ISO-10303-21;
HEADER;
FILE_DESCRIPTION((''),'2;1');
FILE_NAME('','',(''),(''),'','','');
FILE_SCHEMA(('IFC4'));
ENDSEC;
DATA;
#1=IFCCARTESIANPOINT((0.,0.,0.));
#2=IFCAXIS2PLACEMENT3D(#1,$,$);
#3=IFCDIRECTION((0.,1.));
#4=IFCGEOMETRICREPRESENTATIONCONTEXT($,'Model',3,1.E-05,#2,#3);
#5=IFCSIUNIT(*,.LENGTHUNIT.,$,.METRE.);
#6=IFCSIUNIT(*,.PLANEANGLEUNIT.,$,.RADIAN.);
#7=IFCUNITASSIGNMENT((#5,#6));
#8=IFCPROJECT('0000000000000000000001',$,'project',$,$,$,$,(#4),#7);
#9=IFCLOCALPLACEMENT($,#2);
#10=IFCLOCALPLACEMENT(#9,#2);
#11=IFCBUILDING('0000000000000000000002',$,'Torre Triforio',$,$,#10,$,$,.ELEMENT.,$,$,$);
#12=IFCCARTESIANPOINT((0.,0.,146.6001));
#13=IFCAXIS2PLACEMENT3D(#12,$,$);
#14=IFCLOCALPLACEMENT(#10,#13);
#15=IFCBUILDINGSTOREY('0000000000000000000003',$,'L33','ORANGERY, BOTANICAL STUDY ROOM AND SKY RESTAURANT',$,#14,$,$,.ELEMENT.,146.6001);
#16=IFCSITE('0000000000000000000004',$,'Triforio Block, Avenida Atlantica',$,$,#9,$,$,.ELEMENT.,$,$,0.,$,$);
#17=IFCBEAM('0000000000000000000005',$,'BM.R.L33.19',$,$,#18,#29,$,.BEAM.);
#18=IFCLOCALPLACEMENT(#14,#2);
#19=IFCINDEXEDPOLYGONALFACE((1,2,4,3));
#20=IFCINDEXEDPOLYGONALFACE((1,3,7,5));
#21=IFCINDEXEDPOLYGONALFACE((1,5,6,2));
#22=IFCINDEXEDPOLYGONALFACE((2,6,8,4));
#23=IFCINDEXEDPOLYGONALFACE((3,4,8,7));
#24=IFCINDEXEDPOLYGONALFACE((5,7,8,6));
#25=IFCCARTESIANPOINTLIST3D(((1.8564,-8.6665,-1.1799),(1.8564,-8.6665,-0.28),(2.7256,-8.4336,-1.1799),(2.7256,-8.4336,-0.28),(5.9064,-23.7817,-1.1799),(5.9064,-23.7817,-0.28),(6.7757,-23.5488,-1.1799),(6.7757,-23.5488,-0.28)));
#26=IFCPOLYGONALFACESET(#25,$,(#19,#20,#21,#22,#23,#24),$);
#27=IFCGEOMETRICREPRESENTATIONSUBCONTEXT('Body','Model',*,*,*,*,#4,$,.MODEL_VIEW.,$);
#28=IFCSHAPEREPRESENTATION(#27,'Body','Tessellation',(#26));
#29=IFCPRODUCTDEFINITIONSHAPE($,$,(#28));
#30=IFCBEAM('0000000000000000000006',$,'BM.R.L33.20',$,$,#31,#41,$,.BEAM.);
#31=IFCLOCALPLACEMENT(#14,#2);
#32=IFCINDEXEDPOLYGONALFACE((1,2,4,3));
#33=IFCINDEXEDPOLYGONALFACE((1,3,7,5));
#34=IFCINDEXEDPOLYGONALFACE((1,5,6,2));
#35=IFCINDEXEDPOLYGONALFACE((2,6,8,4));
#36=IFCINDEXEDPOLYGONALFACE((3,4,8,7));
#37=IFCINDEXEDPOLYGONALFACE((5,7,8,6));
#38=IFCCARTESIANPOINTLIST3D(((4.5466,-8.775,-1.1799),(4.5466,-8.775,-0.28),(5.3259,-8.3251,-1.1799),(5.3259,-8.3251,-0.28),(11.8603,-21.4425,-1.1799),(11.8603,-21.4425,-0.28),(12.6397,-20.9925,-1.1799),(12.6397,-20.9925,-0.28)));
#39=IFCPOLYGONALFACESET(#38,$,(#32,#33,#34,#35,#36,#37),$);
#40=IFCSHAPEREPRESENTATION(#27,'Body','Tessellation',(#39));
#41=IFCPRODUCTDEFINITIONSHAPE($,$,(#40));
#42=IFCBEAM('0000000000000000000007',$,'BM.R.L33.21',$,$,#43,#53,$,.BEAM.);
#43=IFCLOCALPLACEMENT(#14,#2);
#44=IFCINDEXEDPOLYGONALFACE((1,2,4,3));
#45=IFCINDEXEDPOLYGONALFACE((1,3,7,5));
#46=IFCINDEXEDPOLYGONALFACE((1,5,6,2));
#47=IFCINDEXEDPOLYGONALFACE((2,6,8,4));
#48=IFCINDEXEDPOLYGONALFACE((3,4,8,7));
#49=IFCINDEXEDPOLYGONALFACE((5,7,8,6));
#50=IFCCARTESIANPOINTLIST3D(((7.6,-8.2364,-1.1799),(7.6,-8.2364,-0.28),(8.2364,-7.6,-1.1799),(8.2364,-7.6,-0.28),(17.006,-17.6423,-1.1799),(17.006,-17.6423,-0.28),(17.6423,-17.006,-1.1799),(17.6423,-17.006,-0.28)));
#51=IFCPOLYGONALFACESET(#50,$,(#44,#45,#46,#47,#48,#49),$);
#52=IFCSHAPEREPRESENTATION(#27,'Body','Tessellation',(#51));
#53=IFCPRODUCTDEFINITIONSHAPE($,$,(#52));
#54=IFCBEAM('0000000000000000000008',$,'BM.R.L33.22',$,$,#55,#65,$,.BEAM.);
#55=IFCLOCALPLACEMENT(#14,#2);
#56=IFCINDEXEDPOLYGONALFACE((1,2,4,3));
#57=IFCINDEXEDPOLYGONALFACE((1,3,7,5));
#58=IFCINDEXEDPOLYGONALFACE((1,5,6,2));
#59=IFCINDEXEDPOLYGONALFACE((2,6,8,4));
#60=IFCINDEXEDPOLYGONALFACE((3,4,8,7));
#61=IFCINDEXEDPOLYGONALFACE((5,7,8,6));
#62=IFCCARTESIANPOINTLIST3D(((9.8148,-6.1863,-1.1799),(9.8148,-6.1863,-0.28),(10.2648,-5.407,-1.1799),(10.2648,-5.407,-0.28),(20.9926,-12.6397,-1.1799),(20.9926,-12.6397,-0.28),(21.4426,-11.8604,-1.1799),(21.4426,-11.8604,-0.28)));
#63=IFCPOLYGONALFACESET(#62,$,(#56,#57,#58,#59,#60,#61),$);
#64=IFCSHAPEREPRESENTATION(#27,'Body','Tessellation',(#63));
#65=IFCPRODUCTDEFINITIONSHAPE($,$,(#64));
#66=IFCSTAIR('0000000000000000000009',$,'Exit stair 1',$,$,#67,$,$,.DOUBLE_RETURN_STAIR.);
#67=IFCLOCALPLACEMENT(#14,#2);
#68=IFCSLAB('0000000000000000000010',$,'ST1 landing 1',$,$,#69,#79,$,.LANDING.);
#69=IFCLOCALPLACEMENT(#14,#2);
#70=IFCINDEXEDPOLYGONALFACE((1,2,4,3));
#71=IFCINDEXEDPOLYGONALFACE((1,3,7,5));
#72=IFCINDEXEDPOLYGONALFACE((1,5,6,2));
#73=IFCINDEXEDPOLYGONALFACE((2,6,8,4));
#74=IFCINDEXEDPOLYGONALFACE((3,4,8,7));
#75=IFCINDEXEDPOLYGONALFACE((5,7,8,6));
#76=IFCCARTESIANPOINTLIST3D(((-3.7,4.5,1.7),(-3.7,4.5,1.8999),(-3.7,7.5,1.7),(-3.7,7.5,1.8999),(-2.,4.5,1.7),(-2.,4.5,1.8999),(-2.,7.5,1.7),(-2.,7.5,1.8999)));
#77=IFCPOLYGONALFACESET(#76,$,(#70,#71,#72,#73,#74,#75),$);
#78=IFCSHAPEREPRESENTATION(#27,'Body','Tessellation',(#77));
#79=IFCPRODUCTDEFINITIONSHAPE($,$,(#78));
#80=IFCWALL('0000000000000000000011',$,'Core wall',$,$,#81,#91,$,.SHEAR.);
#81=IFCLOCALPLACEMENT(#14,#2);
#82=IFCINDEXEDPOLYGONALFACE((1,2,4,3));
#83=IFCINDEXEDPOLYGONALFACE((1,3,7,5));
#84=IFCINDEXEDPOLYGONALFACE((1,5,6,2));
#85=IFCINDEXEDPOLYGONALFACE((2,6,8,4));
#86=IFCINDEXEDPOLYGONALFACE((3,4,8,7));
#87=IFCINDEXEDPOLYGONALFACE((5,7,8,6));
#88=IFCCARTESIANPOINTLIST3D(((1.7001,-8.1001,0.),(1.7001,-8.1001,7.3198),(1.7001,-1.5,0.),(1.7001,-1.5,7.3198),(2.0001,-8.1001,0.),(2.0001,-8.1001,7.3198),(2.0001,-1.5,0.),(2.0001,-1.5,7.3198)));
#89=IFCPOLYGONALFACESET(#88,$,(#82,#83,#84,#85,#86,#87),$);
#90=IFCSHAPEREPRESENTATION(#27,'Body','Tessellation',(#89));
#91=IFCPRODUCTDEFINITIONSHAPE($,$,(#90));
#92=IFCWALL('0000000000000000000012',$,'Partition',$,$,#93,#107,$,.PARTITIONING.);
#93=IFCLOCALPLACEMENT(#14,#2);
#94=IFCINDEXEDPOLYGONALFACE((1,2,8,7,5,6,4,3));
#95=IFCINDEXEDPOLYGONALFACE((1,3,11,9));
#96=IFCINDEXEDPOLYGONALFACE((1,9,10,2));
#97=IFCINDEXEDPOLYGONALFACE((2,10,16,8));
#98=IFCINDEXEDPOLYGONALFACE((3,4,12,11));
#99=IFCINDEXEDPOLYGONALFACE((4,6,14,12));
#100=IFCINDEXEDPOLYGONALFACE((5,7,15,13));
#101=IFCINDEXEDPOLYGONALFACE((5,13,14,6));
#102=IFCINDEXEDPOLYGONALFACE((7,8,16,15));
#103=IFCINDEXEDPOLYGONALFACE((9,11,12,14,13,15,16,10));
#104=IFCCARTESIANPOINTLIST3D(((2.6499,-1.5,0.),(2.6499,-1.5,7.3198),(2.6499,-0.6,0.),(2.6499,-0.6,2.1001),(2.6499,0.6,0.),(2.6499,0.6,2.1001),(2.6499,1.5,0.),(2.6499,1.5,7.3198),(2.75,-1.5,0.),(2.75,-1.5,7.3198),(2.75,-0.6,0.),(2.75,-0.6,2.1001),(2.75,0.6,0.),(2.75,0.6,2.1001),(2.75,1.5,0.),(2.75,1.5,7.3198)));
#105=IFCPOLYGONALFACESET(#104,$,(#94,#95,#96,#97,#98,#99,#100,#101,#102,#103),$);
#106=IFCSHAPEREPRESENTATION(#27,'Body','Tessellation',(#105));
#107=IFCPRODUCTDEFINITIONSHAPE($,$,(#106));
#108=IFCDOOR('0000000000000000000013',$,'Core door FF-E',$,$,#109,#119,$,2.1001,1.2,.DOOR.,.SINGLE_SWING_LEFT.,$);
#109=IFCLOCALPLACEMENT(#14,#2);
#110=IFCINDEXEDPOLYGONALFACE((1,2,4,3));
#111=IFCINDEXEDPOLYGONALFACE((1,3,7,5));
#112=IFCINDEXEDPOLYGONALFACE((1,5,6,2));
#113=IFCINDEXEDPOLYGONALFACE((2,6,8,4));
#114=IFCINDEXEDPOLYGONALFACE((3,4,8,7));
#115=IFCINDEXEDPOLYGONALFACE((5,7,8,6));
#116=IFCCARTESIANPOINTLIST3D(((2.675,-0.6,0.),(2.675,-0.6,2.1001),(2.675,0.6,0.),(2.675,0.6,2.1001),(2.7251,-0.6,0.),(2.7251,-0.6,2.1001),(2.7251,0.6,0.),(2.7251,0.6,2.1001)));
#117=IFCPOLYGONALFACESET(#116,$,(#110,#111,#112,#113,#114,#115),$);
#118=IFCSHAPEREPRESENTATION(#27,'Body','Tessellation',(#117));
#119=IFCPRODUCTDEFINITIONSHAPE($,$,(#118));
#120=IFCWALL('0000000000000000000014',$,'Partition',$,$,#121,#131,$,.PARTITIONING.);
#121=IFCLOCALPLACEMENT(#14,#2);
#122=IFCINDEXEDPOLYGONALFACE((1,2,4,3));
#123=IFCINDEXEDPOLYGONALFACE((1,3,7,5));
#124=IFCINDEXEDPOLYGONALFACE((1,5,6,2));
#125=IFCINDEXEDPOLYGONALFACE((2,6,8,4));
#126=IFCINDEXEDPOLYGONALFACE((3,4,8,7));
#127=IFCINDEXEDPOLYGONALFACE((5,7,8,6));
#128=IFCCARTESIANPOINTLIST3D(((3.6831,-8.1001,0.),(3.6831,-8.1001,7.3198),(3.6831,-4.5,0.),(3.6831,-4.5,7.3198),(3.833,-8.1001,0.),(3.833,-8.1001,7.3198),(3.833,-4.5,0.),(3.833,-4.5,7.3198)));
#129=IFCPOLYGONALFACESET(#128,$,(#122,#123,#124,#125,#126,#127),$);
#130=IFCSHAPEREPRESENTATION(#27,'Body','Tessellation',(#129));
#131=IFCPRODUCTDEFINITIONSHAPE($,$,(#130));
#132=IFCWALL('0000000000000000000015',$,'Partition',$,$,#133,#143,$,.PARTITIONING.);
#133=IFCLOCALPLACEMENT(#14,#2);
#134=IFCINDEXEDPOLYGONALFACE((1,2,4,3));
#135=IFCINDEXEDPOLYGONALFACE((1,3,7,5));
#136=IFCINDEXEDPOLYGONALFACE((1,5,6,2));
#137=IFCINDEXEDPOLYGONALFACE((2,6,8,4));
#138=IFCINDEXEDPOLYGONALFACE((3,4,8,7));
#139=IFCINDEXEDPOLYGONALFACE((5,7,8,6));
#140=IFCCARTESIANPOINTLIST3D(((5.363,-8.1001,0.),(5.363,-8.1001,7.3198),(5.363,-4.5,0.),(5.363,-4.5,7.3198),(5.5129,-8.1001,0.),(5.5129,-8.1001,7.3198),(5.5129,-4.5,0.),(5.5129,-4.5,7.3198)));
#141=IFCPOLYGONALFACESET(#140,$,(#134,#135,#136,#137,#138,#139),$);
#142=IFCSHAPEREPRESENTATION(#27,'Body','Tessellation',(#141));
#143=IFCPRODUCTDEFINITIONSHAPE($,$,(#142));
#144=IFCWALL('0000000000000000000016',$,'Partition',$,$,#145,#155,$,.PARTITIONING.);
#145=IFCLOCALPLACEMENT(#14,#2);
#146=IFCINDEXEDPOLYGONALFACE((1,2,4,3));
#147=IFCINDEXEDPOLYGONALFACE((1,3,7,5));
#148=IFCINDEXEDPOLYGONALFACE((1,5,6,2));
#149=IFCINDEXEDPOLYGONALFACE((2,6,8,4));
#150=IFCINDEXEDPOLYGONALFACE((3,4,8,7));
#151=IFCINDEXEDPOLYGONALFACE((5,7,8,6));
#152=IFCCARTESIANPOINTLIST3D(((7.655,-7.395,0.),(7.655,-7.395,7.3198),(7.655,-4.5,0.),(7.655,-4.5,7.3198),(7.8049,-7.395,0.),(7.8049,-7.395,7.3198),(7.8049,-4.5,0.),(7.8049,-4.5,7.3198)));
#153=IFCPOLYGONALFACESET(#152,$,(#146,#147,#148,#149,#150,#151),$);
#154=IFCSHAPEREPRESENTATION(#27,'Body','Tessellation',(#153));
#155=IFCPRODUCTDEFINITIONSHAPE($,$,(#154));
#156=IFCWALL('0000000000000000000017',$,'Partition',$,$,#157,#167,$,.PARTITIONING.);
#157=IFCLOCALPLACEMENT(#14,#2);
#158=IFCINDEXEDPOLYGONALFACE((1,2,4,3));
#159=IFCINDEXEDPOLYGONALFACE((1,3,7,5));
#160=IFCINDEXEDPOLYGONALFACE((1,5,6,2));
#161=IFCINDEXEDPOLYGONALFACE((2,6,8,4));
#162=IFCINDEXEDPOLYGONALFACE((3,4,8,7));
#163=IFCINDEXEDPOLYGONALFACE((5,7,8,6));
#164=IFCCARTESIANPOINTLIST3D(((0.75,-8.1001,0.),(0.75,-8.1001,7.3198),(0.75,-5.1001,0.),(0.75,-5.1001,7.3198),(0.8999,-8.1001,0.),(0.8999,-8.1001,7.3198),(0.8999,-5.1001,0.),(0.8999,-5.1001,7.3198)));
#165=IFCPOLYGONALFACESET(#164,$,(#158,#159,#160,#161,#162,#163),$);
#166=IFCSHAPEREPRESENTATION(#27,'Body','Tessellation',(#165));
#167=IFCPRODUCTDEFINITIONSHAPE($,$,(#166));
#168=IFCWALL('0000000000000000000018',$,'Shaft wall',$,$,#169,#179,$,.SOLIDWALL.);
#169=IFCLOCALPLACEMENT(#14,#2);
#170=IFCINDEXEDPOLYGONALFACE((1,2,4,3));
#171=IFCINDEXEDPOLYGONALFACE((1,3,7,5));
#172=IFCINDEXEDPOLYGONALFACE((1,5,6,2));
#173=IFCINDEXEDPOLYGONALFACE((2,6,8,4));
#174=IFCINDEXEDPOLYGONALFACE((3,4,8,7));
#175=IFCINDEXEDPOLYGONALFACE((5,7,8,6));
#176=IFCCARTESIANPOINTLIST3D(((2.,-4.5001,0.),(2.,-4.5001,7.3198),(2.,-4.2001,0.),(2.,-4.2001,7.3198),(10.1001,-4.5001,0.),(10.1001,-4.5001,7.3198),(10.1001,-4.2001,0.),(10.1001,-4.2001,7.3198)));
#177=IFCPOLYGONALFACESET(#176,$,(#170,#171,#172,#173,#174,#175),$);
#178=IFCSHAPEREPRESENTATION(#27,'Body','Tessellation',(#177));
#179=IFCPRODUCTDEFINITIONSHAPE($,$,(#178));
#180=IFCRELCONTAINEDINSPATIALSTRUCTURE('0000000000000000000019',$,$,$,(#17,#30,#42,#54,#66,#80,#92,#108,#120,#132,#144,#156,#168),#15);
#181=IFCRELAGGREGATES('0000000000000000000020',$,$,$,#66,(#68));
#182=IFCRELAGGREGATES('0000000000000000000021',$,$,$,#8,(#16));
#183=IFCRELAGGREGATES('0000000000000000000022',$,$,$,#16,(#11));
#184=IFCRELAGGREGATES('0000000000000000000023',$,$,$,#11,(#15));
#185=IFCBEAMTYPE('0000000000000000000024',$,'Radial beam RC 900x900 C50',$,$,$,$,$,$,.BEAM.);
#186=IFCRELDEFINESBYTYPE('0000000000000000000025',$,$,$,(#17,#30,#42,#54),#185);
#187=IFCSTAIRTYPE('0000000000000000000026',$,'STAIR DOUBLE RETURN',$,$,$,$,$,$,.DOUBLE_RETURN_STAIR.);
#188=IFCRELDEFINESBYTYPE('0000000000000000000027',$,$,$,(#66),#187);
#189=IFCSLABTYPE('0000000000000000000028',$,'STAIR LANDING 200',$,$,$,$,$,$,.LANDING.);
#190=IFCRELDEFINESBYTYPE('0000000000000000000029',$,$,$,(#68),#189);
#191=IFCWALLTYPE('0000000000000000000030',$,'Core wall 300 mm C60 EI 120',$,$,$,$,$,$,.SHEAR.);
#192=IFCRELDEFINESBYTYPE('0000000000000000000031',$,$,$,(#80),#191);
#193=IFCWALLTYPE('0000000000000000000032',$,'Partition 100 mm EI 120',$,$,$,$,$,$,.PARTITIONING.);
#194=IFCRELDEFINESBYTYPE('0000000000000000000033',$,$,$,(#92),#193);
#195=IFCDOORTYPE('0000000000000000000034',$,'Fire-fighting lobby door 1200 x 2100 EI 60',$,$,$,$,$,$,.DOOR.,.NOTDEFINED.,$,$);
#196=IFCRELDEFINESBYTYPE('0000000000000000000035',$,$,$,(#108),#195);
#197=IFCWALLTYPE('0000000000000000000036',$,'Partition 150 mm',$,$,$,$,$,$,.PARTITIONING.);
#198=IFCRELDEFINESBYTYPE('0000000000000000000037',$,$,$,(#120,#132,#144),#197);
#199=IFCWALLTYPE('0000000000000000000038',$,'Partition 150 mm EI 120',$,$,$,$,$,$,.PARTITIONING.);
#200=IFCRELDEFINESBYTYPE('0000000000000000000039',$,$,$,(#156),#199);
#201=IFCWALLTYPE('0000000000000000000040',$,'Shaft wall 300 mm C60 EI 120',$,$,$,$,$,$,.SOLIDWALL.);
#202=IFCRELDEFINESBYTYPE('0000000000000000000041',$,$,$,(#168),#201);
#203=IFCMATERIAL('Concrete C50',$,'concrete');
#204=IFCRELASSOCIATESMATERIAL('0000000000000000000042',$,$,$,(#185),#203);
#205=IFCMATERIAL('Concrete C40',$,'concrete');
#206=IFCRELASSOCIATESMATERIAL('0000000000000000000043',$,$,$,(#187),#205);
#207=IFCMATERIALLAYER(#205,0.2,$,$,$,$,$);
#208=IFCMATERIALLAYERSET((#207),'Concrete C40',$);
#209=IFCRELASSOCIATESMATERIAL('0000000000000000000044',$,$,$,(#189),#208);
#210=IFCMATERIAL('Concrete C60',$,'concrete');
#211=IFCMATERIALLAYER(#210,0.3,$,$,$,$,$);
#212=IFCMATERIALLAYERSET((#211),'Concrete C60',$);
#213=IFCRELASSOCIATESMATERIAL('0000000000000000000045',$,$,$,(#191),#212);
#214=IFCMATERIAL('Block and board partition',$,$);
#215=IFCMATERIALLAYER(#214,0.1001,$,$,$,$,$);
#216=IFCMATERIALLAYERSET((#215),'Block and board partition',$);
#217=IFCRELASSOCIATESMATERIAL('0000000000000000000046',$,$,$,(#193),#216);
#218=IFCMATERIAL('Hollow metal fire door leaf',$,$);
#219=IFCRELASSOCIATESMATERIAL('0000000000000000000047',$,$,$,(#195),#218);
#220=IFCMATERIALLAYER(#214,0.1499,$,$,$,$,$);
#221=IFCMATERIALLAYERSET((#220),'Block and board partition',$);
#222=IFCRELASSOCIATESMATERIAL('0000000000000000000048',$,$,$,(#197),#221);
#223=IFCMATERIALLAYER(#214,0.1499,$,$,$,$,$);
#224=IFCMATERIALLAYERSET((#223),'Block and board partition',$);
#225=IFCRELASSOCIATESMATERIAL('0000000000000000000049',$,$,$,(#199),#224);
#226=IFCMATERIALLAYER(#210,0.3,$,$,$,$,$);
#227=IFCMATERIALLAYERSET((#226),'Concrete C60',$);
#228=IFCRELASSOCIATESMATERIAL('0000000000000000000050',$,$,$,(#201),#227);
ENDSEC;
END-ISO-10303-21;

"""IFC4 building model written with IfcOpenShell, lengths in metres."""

from ifc_helpers import new_model, si_unit, direction, frame, frame_2d, origin, origin_2d, place, context, subcontext, project, spatial, polyline, rectangle, outline, extrude, material, layer, layer_set, material_profile, profile_set, type_object, element, fill, aggregate, save


model = new_model("IFC4")

# Units and contexts
model_context = context("Model", 3, precision=1e-05, world=origin(), true_north=direction((0.0, 1.0)))
body_context = subcontext(model_context, "Body", "Model", "MODEL_VIEW")
ifc_project = project(units=[si_unit("LENGTHUNIT", "METRE"), si_unit("PLANEANGLEUNIT", "RADIAN")], contexts=[model_context])

# Site, building, storey
site_placement = place(None, origin())
site = spatial("IfcSite", under=ifc_project, at=site_placement, Name="Triforio Block, Avenida Atlantica", CompositionType="ELEMENT", RefElevation=0.0)
building_placement = place(site_placement, origin())
building = spatial("IfcBuilding", under=site, at=building_placement, Name="Torre Triforio", CompositionType="ELEMENT")
storey_placement = place(building_placement, frame((0.0, 0.0, 146.6001)))
storey = spatial("IfcBuildingStorey", under=building, at=storey_placement, Name="L33", Description="ORANGERY, BOTANICAL STUDY ROOM AND SKY RESTAURANT", CompositionType="ELEMENT", Elevation=146.6001)

# Beams
ifc_material_1 = material(Name="Concrete C50", Category="concrete")
ifc_material_profile = material_profile(ifc_material_1, rectangle(XDim=0.8999, YDim=0.8999, at=origin_2d()), Name="RC 900x900")
ifc_profile_set = profile_set([ifc_material_profile], Name="Concrete C50")
beam_type = type_object("IfcBeamType", Name="Radial beam RC 900x900 C50", PredefinedType="BEAM", material=ifc_profile_set)
beam_1_placement = place(storey_placement, frame((2.291, -8.55, -0.73), z_axis=(0.258815, -0.965927, 0.0), x_axis=(0.965927, 0.258815, 0.0)))
element("IfcBeam", 1, at=beam_1_placement, inside=storey, type_object=beam_type, Name="BM.R.L33.19", PredefinedType="BEAM", context=body_context, shape_type="SweptSolid", body=[
    extrude(rectangle(XDim=0.8999, YDim=0.8999, at=origin_2d()), origin(), (0.0, 0.0, 1.0), 15.6484),
])
beam_2_placement = place(storey_placement, frame((4.9363, -8.55, -0.73), z_axis=(0.500008, -0.866021, 0.0), x_axis=(0.866021, 0.500008, 0.0)))
element("IfcBeam", 2, at=beam_2_placement, inside=storey, type_object=beam_type, Name="BM.R.L33.20", PredefinedType="BEAM", context=body_context, shape_type="SweptSolid", body=[
    extrude(rectangle(XDim=0.8999, YDim=0.8999, at=origin_2d()), origin(), (0.0, 0.0, 1.0), 14.6272),
])
beam_3_placement = place(storey_placement, frame((7.9182, -7.9182, -0.73), z_axis=(0.707107, -0.707107, 0.0), x_axis=(0.707107, 0.707107, 0.0)))
element("IfcBeam", 3, at=beam_3_placement, inside=storey, type_object=beam_type, Name="BM.R.L33.21", PredefinedType="BEAM", context=body_context, shape_type="SweptSolid", body=[
    extrude(rectangle(XDim=0.8999, YDim=0.8999, at=origin_2d()), origin(), (0.0, 0.0, 1.0), 13.302),
])
beam_4_placement = place(storey_placement, frame((10.0398, -5.7966, -0.73), z_axis=(0.866029, -0.499994, 0.0), x_axis=(0.499994, 0.866029, 0.0)))
element("IfcBeam", 4, at=beam_4_placement, inside=storey, type_object=beam_type, Name="BM.R.L33.22", PredefinedType="BEAM", context=body_context, shape_type="SweptSolid", body=[
    extrude(rectangle(XDim=0.8999, YDim=0.8999, at=origin_2d()), origin(), (0.0, 0.0, 1.0), 12.907),
])

# Stair, slab
ifc_material_2 = material(Name="Concrete C40", Category="concrete")
stair_type = type_object("IfcStairType", Name="STAIR DOUBLE RETURN", PredefinedType="DOUBLE_RETURN_STAIR", material=ifc_material_2)
stair_placement = place(storey_placement, origin())
stair = element("IfcStair", 5, at=stair_placement, inside=storey, type_object=stair_type, Name="Exit stair 1", PredefinedType="DOUBLE_RETURN_STAIR")
ifc_layer_1 = layer(ifc_material_2, 0.2)
ifc_layer_set_1 = layer_set([ifc_layer_1], Name="Concrete C40")
slab_type = type_object("IfcSlabType", Name="STAIR LANDING 200", PredefinedType="LANDING", material=ifc_layer_set_1)
slab_placement = place(storey_placement, frame((0.0, 0.0, 1.7)))
slab = element("IfcSlab", 6, at=slab_placement, type_object=slab_type, Name="ST1 landing 1", PredefinedType="LANDING", context=body_context, shape_type="SweptSolid", body=[
    extrude(outline(polyline([(-2.0, 4.5), (-2.0, 7.5), (-3.7, 7.5), (-3.7, 4.5), (-2.0, 4.5)])), origin(), (0.0, 0.0, 1.0), 0.2),
])
aggregate(stair, [slab])

# Wall
ifc_material_3 = material(Name="Concrete C60", Category="concrete")
ifc_layer_2 = layer(ifc_material_3, 0.3)
ifc_layer_set_2 = layer_set([ifc_layer_2], Name="Concrete C60")
wall_type_1 = type_object("IfcWallType", Name="Core wall 300 mm C60 EI 120", PredefinedType="SHEAR", material=ifc_layer_set_2)
wall_1_placement = place(storey_placement, frame((1.8501, -8.1001, 0.0), z_axis=(0.0, 0.0, 1.0), x_axis=(0.0, 1.0, 0.0)))
element("IfcWall", 7, at=wall_1_placement, inside=storey, type_object=wall_type_1, Name="Core wall", PredefinedType="SHEAR", context=body_context, shape_type="SweptSolid", body=[
    extrude(rectangle(XDim=6.6001, YDim=0.3, at=frame_2d((3.3, 0.0))), origin(), (0.0, 0.0, 1.0), 7.3198),
])

# Wall, opening, door
ifc_material_4 = material(Name="Block and board partition")
ifc_layer_3 = layer(ifc_material_4, 0.1001)
ifc_layer_set_3 = layer_set([ifc_layer_3], Name="Block and board partition")
wall_type_2 = type_object("IfcWallType", Name="Partition 100 mm EI 120", PredefinedType="PARTITIONING", material=ifc_layer_set_3)
wall_2_placement = place(storey_placement, frame((2.7, -1.5, 0.0), z_axis=(0.0, 0.0, 1.0), x_axis=(0.0, 1.0, 0.0)))
wall_2 = element("IfcWall", 8, at=wall_2_placement, inside=storey, type_object=wall_type_2, Name="Partition", PredefinedType="PARTITIONING", context=body_context, shape_type="SweptSolid", body=[
    extrude(rectangle(XDim=3.0, YDim=0.1001, at=frame_2d((1.5, 0.0))), origin(), (0.0, 0.0, 1.0), 7.3198),
])
opening_1_placement = place(wall_2_placement, frame((0.8999, 0.0, 0.0)))
opening_1 = element("IfcOpeningElement", 9, at=opening_1_placement, cuts=wall_2, PredefinedType="OPENING", context=body_context, shape_type="SweptSolid", body=[
    extrude(rectangle(XDim=1.2, YDim=2.1001, at=frame_2d((0.6001, 1.05))), frame((0.0, 0.0601, 0.0), z_axis=(0.0, -1.0, 0.0), x_axis=(1.0, 0.0, 0.0)), (0.0, 0.0, 1.0), 0.1201),
])
ifc_material_5 = material(Name="Hollow metal fire door leaf")
door_type_1 = type_object("IfcDoorType", Name="Fire-fighting lobby door 1200 x 2100 EI 60", OperationType="NOTDEFINED", PredefinedType="DOOR", material=ifc_material_5)
door_1_placement = place(opening_1_placement, origin())
door_1 = element("IfcDoor", 10, at=door_1_placement, inside=storey, type_object=door_type_1, Name="Core door FF-E", OperationType="SINGLE_SWING_LEFT", OverallHeight=2.1001, OverallWidth=1.2, PredefinedType="DOOR", context=body_context, shape_type="SweptSolid", body=[
    extrude(rectangle(XDim=1.2, YDim=2.1001, at=frame_2d((0.6001, 1.05))), frame((0.0, 0.0249, 0.0), z_axis=(0.0, -1.0, 0.0), x_axis=(1.0, 0.0, 0.0)), (0.0, 0.0, 1.0), 0.05),
])
fill(opening_1, door_1)

# Walls
ifc_layer_4 = layer(ifc_material_4, 0.1499)
ifc_layer_set_4 = layer_set([ifc_layer_4], Name="Block and board partition")
wall_type_3 = type_object("IfcWallType", Name="Partition 150 mm", PredefinedType="PARTITIONING", material=ifc_layer_set_4)
for number, where, z_axis, x_axis, name in (
    (11, (3.7581, -8.1001, 0.0), (0.0, 0.0, 1.0), (0.0, 1.0, 0.0), "Partition"),
    (12, (5.438, -8.1001, 0.0), (0.0, 0.0, 1.0), (0.0, 1.0, 0.0), "Partition"),
):
    element("IfcWall", number, at=place(storey_placement, frame(where, z_axis=z_axis, x_axis=x_axis)), inside=storey, type_object=wall_type_3, Name=name, PredefinedType="PARTITIONING", context=body_context, shape_type="SweptSolid", body=[
        extrude(rectangle(XDim=3.6001, YDim=0.1499, at=frame_2d((1.8, 0.0))), origin(), (0.0, 0.0, 1.0), 7.3198),
    ])
wall_3_placement = place(storey_placement, frame((7.73, -7.395, 0.0), z_axis=(0.0, 0.0, 1.0), x_axis=(0.0, 1.0, 0.0)))
element("IfcWall", 13, at=wall_3_placement, inside=storey, type_object=wall_type_3, Name="Partition", PredefinedType="PARTITIONING", context=body_context, shape_type="SweptSolid", body=[
    extrude(rectangle(XDim=2.895, YDim=0.1499, at=frame_2d((1.4475, 0.0))), origin(), (0.0, 0.0, 1.0), 7.3198),
])
ifc_layer_5 = layer(ifc_material_4, 0.1499)
ifc_layer_set_5 = layer_set([ifc_layer_5], Name="Block and board partition")
wall_type_4 = type_object("IfcWallType", Name="Partition 150 mm EI 120", PredefinedType="PARTITIONING", material=ifc_layer_set_5)
wall_4_placement = place(storey_placement, frame((0.825, -8.1001, 0.0), z_axis=(0.0, 0.0, 1.0), x_axis=(0.0, 1.0, 0.0)))
element("IfcWall", 14, at=wall_4_placement, inside=storey, type_object=wall_type_4, Name="Partition", PredefinedType="PARTITIONING", context=body_context, shape_type="SweptSolid", body=[
    extrude(rectangle(XDim=3.0, YDim=0.1499, at=frame_2d((1.5, 0.0))), origin(), (0.0, 0.0, 1.0), 7.3198),
])
ifc_layer_6 = layer(ifc_material_3, 0.3)
ifc_layer_set_6 = layer_set([ifc_layer_6], Name="Concrete C60")
wall_type_5 = type_object("IfcWallType", Name="Shaft wall 300 mm C60 EI 120", PredefinedType="SOLIDWALL", material=ifc_layer_set_6)
wall_5_placement = place(storey_placement, frame((2.0, -4.3501, 0.0), z_axis=(0.0, 0.0, 1.0), x_axis=(1.0, 0.0, 0.0)))
element("IfcWall", 15, at=wall_5_placement, inside=storey, type_object=wall_type_5, Name="Shaft wall", PredefinedType="SOLIDWALL", context=body_context, shape_type="SweptSolid", body=[
    extrude(rectangle(XDim=8.1001, YDim=0.3, at=frame_2d((4.05, 0.0))), origin(), (0.0, 0.0, 1.0), 7.3198),
])

save(model, "model.ifc")
